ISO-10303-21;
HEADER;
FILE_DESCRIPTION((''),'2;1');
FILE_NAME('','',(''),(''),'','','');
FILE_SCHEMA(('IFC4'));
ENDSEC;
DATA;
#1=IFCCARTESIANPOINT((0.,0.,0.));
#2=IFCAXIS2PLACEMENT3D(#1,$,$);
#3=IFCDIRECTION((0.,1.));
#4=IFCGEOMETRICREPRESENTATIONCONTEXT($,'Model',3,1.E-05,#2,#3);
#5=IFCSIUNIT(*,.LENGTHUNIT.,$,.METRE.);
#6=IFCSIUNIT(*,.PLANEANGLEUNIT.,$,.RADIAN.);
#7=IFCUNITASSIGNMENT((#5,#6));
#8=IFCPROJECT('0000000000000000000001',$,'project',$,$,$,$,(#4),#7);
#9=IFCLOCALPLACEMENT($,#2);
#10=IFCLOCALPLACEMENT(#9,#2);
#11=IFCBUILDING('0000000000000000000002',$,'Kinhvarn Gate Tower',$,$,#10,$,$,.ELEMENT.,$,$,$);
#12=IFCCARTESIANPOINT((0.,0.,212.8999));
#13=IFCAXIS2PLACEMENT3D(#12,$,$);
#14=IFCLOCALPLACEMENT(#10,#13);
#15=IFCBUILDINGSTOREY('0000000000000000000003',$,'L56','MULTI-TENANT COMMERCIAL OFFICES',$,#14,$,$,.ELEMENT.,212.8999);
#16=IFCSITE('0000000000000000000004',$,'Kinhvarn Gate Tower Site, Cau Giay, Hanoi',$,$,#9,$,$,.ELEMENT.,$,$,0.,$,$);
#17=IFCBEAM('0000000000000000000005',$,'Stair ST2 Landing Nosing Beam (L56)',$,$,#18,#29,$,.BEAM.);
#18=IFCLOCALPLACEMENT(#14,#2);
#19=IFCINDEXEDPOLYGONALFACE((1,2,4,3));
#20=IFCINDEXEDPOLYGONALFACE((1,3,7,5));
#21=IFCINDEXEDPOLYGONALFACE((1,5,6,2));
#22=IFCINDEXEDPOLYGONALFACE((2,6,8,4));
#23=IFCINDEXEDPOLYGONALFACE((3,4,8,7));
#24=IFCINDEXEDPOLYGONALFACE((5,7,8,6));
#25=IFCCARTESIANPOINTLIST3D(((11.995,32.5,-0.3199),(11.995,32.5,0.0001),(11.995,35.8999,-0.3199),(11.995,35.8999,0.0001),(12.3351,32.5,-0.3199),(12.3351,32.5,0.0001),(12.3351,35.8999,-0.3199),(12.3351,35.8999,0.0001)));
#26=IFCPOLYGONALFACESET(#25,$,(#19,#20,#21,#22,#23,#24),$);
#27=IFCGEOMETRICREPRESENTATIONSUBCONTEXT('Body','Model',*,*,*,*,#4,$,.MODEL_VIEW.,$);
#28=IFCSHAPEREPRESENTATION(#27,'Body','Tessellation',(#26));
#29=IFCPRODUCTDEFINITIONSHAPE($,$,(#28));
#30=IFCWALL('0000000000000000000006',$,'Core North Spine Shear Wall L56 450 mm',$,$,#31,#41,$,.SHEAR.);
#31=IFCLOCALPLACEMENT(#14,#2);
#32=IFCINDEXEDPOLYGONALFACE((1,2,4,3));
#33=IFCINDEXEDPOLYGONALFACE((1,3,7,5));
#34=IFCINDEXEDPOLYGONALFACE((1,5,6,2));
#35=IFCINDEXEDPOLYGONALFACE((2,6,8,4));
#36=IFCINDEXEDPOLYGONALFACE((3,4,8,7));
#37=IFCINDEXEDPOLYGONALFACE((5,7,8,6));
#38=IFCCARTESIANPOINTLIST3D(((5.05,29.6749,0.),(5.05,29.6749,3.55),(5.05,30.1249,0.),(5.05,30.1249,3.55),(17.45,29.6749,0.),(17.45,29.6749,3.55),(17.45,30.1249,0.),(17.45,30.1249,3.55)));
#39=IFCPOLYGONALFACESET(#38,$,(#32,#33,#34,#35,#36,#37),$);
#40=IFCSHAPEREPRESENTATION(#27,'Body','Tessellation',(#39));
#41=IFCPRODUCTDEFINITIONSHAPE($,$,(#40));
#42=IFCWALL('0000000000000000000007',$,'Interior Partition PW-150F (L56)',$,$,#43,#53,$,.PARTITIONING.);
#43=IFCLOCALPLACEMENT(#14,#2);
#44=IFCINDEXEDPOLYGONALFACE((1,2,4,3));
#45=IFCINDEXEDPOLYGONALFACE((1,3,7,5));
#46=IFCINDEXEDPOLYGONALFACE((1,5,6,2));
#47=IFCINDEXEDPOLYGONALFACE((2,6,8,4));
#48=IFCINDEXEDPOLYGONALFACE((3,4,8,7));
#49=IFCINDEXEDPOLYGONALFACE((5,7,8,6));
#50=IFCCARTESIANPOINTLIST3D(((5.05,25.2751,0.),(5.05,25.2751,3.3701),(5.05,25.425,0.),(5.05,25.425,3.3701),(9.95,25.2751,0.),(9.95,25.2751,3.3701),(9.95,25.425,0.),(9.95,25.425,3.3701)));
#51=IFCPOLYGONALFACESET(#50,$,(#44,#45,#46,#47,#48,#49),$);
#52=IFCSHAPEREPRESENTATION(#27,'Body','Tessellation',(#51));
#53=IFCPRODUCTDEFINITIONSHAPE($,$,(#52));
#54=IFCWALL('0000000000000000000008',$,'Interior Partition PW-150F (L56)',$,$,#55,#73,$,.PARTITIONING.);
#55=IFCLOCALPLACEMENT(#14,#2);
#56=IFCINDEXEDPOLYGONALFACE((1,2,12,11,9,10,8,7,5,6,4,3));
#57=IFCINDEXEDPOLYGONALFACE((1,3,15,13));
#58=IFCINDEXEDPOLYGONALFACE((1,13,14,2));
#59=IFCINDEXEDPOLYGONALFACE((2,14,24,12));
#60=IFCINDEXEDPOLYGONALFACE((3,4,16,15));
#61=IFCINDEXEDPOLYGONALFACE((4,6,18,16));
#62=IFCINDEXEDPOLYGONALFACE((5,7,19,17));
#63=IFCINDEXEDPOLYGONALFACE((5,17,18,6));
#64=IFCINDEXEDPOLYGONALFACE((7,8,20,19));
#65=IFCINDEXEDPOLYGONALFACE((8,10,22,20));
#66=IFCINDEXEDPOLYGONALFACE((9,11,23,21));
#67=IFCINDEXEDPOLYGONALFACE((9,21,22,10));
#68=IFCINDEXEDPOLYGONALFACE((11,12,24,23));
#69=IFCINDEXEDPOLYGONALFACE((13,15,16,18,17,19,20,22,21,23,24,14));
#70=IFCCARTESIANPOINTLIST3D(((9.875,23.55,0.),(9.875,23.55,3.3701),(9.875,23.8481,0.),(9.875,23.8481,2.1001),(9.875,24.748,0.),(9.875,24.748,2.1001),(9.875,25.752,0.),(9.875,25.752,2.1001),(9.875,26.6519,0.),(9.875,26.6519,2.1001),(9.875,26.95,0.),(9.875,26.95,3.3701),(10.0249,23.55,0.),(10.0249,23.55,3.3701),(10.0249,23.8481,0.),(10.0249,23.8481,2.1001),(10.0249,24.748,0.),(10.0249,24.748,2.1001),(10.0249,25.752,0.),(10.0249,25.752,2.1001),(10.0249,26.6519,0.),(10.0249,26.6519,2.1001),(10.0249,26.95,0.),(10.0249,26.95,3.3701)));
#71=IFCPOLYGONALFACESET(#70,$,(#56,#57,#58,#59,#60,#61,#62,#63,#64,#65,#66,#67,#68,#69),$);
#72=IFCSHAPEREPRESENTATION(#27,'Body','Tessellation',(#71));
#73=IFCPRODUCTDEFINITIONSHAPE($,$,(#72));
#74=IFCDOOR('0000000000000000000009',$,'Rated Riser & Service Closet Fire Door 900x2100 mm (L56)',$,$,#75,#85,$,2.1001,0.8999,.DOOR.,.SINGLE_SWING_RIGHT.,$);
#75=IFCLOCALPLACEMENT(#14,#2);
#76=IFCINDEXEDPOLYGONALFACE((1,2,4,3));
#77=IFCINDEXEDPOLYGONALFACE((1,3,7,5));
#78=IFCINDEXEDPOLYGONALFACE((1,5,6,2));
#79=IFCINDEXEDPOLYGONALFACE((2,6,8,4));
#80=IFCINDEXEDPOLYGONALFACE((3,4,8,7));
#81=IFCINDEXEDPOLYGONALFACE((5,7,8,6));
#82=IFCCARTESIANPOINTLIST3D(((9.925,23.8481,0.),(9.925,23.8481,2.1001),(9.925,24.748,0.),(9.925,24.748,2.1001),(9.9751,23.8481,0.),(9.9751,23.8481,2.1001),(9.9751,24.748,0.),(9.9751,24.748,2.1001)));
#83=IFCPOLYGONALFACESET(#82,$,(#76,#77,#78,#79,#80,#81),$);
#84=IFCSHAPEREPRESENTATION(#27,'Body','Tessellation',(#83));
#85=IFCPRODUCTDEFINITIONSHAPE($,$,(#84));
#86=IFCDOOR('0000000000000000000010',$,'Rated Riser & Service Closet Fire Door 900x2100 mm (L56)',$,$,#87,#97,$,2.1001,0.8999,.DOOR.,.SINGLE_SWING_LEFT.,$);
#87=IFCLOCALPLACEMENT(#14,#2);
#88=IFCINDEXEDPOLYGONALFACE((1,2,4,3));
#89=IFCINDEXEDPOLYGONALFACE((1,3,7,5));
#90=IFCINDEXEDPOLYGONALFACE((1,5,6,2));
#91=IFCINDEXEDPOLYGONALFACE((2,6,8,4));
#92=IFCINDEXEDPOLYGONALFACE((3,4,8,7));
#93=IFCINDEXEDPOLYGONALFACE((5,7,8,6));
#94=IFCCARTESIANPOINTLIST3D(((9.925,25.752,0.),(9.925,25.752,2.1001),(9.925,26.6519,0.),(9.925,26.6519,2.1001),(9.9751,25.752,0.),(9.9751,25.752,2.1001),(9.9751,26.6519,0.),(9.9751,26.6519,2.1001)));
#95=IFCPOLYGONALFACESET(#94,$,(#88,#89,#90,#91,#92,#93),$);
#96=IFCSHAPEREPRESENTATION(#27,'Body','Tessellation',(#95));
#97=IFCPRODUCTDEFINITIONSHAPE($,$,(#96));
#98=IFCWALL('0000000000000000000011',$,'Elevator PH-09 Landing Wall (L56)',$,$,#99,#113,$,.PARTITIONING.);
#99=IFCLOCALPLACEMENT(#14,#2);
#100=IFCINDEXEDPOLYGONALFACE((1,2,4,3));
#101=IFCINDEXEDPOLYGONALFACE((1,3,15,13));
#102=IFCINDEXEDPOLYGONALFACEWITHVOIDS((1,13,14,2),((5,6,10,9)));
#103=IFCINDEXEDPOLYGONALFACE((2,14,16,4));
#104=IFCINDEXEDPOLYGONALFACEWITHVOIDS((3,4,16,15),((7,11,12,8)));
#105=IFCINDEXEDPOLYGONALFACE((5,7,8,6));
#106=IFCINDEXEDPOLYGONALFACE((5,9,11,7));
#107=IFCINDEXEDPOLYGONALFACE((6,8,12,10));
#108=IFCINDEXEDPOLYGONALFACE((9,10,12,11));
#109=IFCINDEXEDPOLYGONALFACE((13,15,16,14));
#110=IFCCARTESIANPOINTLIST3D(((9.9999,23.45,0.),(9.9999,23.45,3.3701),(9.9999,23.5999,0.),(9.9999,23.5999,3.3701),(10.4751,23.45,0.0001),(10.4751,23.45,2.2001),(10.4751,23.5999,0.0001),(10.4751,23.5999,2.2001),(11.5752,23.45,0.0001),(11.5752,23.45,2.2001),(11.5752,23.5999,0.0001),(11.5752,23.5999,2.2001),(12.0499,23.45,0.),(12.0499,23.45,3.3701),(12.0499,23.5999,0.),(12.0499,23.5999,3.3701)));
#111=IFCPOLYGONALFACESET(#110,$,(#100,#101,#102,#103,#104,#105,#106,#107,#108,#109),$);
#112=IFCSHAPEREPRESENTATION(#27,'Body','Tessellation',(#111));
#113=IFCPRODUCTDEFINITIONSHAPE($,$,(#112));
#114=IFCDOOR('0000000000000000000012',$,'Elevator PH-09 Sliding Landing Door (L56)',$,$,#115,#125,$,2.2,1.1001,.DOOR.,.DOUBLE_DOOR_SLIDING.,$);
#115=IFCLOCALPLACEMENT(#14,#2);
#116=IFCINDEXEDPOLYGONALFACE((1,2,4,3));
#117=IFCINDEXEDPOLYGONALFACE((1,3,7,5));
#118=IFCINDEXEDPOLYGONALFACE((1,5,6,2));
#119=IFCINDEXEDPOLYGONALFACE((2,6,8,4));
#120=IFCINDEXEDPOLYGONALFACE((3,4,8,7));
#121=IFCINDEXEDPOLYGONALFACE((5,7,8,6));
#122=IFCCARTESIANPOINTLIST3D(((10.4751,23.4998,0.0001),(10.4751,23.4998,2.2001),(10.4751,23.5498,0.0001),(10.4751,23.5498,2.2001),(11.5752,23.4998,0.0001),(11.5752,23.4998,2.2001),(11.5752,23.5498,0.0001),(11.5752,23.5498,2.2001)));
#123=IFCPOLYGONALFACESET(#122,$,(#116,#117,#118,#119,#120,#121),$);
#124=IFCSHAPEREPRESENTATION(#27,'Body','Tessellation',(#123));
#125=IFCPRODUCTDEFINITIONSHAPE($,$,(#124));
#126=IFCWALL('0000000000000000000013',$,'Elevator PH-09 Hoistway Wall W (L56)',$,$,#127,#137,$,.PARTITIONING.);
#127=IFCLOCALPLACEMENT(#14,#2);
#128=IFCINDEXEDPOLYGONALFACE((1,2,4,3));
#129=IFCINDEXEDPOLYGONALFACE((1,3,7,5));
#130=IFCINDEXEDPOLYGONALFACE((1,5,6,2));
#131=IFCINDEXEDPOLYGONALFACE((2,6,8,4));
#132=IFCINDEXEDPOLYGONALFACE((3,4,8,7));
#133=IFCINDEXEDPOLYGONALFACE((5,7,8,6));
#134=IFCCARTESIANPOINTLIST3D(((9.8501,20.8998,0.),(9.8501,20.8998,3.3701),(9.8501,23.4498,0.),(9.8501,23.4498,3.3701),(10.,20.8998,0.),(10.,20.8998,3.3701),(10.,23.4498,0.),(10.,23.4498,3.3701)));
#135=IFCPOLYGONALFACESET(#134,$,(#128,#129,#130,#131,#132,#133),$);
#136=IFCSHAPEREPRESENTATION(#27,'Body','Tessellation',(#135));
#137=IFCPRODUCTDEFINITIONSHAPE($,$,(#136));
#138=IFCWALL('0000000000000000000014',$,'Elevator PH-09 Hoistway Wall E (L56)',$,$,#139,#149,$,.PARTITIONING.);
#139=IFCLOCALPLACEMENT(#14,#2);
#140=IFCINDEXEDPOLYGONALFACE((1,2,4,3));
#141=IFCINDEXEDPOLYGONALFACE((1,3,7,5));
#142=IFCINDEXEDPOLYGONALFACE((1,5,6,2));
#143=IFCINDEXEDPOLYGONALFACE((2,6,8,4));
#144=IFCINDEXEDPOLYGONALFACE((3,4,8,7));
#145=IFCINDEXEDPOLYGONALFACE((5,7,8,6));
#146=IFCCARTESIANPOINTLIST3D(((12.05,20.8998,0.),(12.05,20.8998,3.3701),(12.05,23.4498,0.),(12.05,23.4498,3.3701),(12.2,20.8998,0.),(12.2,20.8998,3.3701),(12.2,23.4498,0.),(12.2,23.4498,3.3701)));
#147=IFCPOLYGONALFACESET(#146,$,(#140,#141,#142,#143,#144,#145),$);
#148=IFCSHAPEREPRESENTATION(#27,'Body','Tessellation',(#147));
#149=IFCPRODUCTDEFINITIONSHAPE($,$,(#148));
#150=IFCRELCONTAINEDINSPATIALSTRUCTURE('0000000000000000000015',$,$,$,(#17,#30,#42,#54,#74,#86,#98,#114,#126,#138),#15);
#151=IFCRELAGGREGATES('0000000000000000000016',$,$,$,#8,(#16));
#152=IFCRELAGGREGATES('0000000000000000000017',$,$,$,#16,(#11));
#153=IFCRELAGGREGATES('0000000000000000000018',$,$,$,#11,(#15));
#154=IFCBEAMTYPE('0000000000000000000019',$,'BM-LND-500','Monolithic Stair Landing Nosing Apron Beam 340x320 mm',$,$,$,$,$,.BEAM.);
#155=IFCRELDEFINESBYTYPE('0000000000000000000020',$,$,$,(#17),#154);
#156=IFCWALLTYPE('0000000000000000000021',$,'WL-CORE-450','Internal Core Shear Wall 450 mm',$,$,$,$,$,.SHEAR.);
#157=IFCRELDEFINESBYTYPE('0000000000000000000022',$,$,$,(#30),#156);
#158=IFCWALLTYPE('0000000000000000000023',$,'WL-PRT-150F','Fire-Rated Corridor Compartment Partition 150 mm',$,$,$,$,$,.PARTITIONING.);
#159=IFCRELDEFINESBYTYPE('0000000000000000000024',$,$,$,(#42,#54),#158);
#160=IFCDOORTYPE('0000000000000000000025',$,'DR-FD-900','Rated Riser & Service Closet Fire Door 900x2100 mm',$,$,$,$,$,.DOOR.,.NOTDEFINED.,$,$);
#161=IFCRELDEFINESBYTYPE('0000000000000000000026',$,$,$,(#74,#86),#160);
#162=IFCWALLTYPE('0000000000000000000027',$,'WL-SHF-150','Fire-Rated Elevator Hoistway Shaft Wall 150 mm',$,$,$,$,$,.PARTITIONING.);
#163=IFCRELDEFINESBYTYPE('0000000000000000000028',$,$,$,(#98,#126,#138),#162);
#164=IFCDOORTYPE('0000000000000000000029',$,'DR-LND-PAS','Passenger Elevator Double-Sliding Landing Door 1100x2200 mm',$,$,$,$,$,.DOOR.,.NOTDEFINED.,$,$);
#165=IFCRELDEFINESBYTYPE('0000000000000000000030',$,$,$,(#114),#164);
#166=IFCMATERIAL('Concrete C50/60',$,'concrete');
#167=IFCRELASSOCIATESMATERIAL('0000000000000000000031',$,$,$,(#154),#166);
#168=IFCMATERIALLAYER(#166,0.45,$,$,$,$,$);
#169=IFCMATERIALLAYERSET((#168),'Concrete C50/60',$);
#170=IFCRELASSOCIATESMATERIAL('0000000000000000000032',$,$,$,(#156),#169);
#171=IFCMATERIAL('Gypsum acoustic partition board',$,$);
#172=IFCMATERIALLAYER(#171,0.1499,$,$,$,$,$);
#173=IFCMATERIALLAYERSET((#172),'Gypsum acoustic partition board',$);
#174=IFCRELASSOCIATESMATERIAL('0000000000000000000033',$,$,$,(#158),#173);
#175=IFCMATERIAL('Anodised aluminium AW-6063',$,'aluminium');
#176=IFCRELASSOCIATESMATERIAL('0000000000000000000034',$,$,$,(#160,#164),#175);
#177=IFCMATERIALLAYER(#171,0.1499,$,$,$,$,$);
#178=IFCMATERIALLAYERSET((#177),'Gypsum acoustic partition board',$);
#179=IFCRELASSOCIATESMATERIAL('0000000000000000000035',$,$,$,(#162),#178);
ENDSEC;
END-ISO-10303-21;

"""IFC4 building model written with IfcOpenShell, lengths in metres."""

from ifc_helpers import new_model, si_unit, direction, frame, frame_2d, origin, origin_2d, place, context, subcontext, project, spatial, rectangle, extrude, material, layer, layer_set, material_profile, profile_set, type_object, element, fill, save


model = new_model("IFC4")

# Units and contexts
model_context = context("Model", 3, precision=1e-05, world=origin(), true_north=direction((0.0, 1.0)))
body_context = subcontext(model_context, "Body", "Model", "MODEL_VIEW")
ifc_project = project(units=[si_unit("LENGTHUNIT", "METRE"), si_unit("PLANEANGLEUNIT", "RADIAN")], contexts=[model_context])

# Site, building, storey
site_placement = place(None, origin())
site = spatial("IfcSite", under=ifc_project, at=site_placement, Name="Kinhvarn Gate Tower Site, Cau Giay, Hanoi", CompositionType="ELEMENT", RefElevation=0.0)
building_placement = place(site_placement, origin())
building = spatial("IfcBuilding", under=site, at=building_placement, Name="Kinhvarn Gate Tower", CompositionType="ELEMENT")
storey_placement = place(building_placement, frame((0.0, 0.0, 212.8999)))
storey = spatial("IfcBuildingStorey", under=building, at=storey_placement, Name="L56", Description="MULTI-TENANT COMMERCIAL OFFICES", CompositionType="ELEMENT", Elevation=212.8999)

# Beam
ifc_material_1 = material(Name="Concrete C50/60", Category="concrete")
ifc_material_profile = material_profile(ifc_material_1, rectangle(XDim=0.3401, YDim=0.3201, at=origin_2d()), Name="RC 340x320")
ifc_profile_set = profile_set([ifc_material_profile], Name="Concrete C50/60")
beam_type = type_object("IfcBeamType", Name="BM-LND-500", Description="Monolithic Stair Landing Nosing Apron Beam 340x320 mm", PredefinedType="BEAM", material=ifc_profile_set)
beam_placement = place(storey_placement, frame((12.165, 32.5, -0.1599), z_axis=(0.0, 1.0, 0.0), x_axis=(-1.0, 0.0, 0.0)))
element("IfcBeam", 1, at=beam_placement, inside=storey, type_object=beam_type, Name="Stair ST2 Landing Nosing Beam (L56)", PredefinedType="BEAM", context=body_context, shape_type="SweptSolid", body=[
    extrude(rectangle(XDim=0.3401, YDim=0.3201, at=origin_2d()), origin(), (0.0, 0.0, 1.0), 3.3999),
])

# Walls
ifc_layer_1 = layer(ifc_material_1, 0.45)
ifc_layer_set_1 = layer_set([ifc_layer_1], Name="Concrete C50/60")
wall_type_1 = type_object("IfcWallType", Name="WL-CORE-450", Description="Internal Core Shear Wall 450 mm", PredefinedType="SHEAR", material=ifc_layer_set_1)
wall_1_placement = place(storey_placement, frame((5.05, 29.8999, 0.0), z_axis=(0.0, 0.0, 1.0), x_axis=(1.0, 0.0, 0.0)))
element("IfcWall", 2, at=wall_1_placement, inside=storey, type_object=wall_type_1, Name="Core North Spine Shear Wall L56 450 mm", PredefinedType="SHEAR", context=body_context, shape_type="SweptSolid", body=[
    extrude(rectangle(XDim=12.3999, YDim=0.45, at=frame_2d((6.2, 0.0))), origin(), (0.0, 0.0, 1.0), 3.55),
])
ifc_material_2 = material(Name="Gypsum acoustic partition board")
ifc_layer_2 = layer(ifc_material_2, 0.1499)
ifc_layer_set_2 = layer_set([ifc_layer_2], Name="Gypsum acoustic partition board")
wall_type_2 = type_object("IfcWallType", Name="WL-PRT-150F", Description="Fire-Rated Corridor Compartment Partition 150 mm", PredefinedType="PARTITIONING", material=ifc_layer_set_2)
wall_2_placement = place(storey_placement, frame((5.05, 25.3501, 0.0), z_axis=(0.0, 0.0, 1.0), x_axis=(1.0, 0.0, 0.0)))
element("IfcWall", 3, at=wall_2_placement, inside=storey, type_object=wall_type_2, Name="Interior Partition PW-150F (L56)", PredefinedType="PARTITIONING", context=body_context, shape_type="SweptSolid", body=[
    extrude(rectangle(XDim=4.8999, YDim=0.1499, at=frame_2d((2.45, 0.0))), origin(), (0.0, 0.0, 1.0), 3.3701),
])

# Wall, openings, doors
wall_3_placement = place(storey_placement, frame((9.95, 23.55, 0.0), z_axis=(0.0, 0.0, 1.0), x_axis=(0.0, 1.0, 0.0)))
wall_3 = element("IfcWall", 4, at=wall_3_placement, inside=storey, type_object=wall_type_2, Name="Interior Partition PW-150F (L56)", PredefinedType="PARTITIONING", context=body_context, shape_type="SweptSolid", body=[
    extrude(rectangle(XDim=3.3999, YDim=0.1499, at=frame_2d((1.7, 0.0))), origin(), (0.0, 0.0, 1.0), 3.3701),
])
opening_1_placement = place(wall_3_placement, frame((0.2981, 0.0, 0.0)))
opening_1 = element("IfcOpeningElement", 5, at=opening_1_placement, cuts=wall_3, PredefinedType="OPENING", context=body_context, shape_type="SweptSolid", body=[
    extrude(rectangle(XDim=0.8999, YDim=2.1001, at=frame_2d((0.45, 1.05))), frame((0.0, 0.085, 0.0), z_axis=(0.0, -1.0, 0.0), x_axis=(1.0, 0.0, 0.0)), (0.0, 0.0, 1.0), 0.1699),
])
opening_2_placement = place(wall_3_placement, frame((2.2019, 0.0, 0.0)))
opening_2 = element("IfcOpeningElement", 6, at=opening_2_placement, cuts=wall_3, PredefinedType="OPENING", context=body_context, shape_type="SweptSolid", body=[
    extrude(rectangle(XDim=0.8999, YDim=2.1001, at=frame_2d((0.45, 1.05))), frame((0.0, 0.085, 0.0), z_axis=(0.0, -1.0, 0.0), x_axis=(1.0, 0.0, 0.0)), (0.0, 0.0, 1.0), 0.1699),
])
ifc_material_3 = material(Name="Anodised aluminium AW-6063", Category="aluminium")
door_type_1 = type_object("IfcDoorType", Name="DR-FD-900", Description="Rated Riser & Service Closet Fire Door 900x2100 mm", OperationType="NOTDEFINED", PredefinedType="DOOR", material=ifc_material_3)
door_1_placement = place(opening_1_placement, origin())
door_1 = element("IfcDoor", 7, at=door_1_placement, inside=storey, type_object=door_type_1, Name="Rated Riser & Service Closet Fire Door 900x2100 mm (L56)", OperationType="SINGLE_SWING_RIGHT", OverallHeight=2.1001, OverallWidth=0.8999, PredefinedType="DOOR", context=body_context, shape_type="SweptSolid", body=[
    extrude(rectangle(XDim=0.8999, YDim=2.1001, at=frame_2d((0.45, 1.05))), frame((0.0, 0.0249, 0.0), z_axis=(0.0, -1.0, 0.0), x_axis=(1.0, 0.0, 0.0)), (0.0, 0.0, 1.0), 0.05),
])
fill(opening_1, door_1)
door_2_placement = place(opening_2_placement, origin())
door_2 = element("IfcDoor", 8, at=door_2_placement, inside=storey, type_object=door_type_1, Name="Rated Riser & Service Closet Fire Door 900x2100 mm (L56)", OperationType="SINGLE_SWING_LEFT", OverallHeight=2.1001, OverallWidth=0.8999, PredefinedType="DOOR", context=body_context, shape_type="SweptSolid", body=[
    extrude(rectangle(XDim=0.8999, YDim=2.1001, at=frame_2d((0.45, 1.05))), frame((0.0, 0.0249, 0.0), z_axis=(0.0, -1.0, 0.0), x_axis=(1.0, 0.0, 0.0)), (0.0, 0.0, 1.0), 0.05),
])
fill(opening_2, door_2)

# Wall, opening, door
ifc_layer_3 = layer(ifc_material_2, 0.1499)
ifc_layer_set_3 = layer_set([ifc_layer_3], Name="Gypsum acoustic partition board")
wall_type_3 = type_object("IfcWallType", Name="WL-SHF-150", Description="Fire-Rated Elevator Hoistway Shaft Wall 150 mm", PredefinedType="PARTITIONING", material=ifc_layer_set_3)
wall_4_placement = place(storey_placement, frame((10.0, 23.5249, 0.0), z_axis=(0.0, 0.0, 1.0), x_axis=(1.0, 0.0, 0.0)))
wall_4 = element("IfcWall", 9, at=wall_4_placement, inside=storey, type_object=wall_type_3, Name="Elevator PH-09 Landing Wall (L56)", PredefinedType="PARTITIONING", context=body_context, shape_type="SweptSolid", body=[
    extrude(rectangle(XDim=2.05, YDim=0.1499, at=frame_2d((1.0249, 0.0))), origin(), (0.0, 0.0, 1.0), 3.3701),
])
opening_3_placement = place(wall_4_placement, frame((0.4751, 0.0, 0.0)))
opening_3 = element("IfcOpeningElement", 10, at=opening_3_placement, cuts=wall_4, PredefinedType="OPENING", context=body_context, shape_type="SweptSolid", body=[
    extrude(rectangle(XDim=1.1001, YDim=2.2, at=frame_2d((0.55, 1.1001))), frame((0.0, 0.085, 0.0), z_axis=(0.0, -1.0, 0.0), x_axis=(1.0, 0.0, 0.0)), (0.0, 0.0, 1.0), 0.1699),
])
door_type_2 = type_object("IfcDoorType", Name="DR-LND-PAS", Description="Passenger Elevator Double-Sliding Landing Door 1100x2200 mm", OperationType="NOTDEFINED", PredefinedType="DOOR", material=ifc_material_3)
door_3_placement = place(opening_3_placement, origin())
door_3 = element("IfcDoor", 11, at=door_3_placement, inside=storey, type_object=door_type_2, Name="Elevator PH-09 Sliding Landing Door (L56)", OperationType="DOUBLE_DOOR_SLIDING", OverallHeight=2.2, OverallWidth=1.1001, PredefinedType="DOOR", context=body_context, shape_type="SweptSolid", body=[
    extrude(rectangle(XDim=1.1001, YDim=2.2, at=frame_2d((0.55, 1.1001))), frame((0.0, 0.0249, 0.0), z_axis=(0.0, -1.0, 0.0), x_axis=(1.0, 0.0, 0.0)), (0.0, 0.0, 1.0), 0.05),
])
fill(opening_3, door_3)

# Walls
for number, where, z_axis, x_axis, name in (
    (12, (9.925, 20.8999, 0.0), (0.0, 0.0, 1.0), (0.0, 1.0, 0.0), "Elevator PH-09 Hoistway Wall W (L56)"),
    (13, (12.125, 20.8999, 0.0), (0.0, 0.0, 1.0), (0.0, 1.0, 0.0), "Elevator PH-09 Hoistway Wall E (L56)"),
):
    element("IfcWall", number, at=place(storey_placement, frame(where, z_axis=z_axis, x_axis=x_axis)), inside=storey, type_object=wall_type_3, Name=name, PredefinedType="PARTITIONING", context=body_context, shape_type="SweptSolid", body=[
        extrude(rectangle(XDim=2.55, YDim=0.1499, at=frame_2d((1.2749, 0.0))), origin(), (0.0, 0.0, 1.0), 3.3701),
    ])

save(model, "model.ifc")
